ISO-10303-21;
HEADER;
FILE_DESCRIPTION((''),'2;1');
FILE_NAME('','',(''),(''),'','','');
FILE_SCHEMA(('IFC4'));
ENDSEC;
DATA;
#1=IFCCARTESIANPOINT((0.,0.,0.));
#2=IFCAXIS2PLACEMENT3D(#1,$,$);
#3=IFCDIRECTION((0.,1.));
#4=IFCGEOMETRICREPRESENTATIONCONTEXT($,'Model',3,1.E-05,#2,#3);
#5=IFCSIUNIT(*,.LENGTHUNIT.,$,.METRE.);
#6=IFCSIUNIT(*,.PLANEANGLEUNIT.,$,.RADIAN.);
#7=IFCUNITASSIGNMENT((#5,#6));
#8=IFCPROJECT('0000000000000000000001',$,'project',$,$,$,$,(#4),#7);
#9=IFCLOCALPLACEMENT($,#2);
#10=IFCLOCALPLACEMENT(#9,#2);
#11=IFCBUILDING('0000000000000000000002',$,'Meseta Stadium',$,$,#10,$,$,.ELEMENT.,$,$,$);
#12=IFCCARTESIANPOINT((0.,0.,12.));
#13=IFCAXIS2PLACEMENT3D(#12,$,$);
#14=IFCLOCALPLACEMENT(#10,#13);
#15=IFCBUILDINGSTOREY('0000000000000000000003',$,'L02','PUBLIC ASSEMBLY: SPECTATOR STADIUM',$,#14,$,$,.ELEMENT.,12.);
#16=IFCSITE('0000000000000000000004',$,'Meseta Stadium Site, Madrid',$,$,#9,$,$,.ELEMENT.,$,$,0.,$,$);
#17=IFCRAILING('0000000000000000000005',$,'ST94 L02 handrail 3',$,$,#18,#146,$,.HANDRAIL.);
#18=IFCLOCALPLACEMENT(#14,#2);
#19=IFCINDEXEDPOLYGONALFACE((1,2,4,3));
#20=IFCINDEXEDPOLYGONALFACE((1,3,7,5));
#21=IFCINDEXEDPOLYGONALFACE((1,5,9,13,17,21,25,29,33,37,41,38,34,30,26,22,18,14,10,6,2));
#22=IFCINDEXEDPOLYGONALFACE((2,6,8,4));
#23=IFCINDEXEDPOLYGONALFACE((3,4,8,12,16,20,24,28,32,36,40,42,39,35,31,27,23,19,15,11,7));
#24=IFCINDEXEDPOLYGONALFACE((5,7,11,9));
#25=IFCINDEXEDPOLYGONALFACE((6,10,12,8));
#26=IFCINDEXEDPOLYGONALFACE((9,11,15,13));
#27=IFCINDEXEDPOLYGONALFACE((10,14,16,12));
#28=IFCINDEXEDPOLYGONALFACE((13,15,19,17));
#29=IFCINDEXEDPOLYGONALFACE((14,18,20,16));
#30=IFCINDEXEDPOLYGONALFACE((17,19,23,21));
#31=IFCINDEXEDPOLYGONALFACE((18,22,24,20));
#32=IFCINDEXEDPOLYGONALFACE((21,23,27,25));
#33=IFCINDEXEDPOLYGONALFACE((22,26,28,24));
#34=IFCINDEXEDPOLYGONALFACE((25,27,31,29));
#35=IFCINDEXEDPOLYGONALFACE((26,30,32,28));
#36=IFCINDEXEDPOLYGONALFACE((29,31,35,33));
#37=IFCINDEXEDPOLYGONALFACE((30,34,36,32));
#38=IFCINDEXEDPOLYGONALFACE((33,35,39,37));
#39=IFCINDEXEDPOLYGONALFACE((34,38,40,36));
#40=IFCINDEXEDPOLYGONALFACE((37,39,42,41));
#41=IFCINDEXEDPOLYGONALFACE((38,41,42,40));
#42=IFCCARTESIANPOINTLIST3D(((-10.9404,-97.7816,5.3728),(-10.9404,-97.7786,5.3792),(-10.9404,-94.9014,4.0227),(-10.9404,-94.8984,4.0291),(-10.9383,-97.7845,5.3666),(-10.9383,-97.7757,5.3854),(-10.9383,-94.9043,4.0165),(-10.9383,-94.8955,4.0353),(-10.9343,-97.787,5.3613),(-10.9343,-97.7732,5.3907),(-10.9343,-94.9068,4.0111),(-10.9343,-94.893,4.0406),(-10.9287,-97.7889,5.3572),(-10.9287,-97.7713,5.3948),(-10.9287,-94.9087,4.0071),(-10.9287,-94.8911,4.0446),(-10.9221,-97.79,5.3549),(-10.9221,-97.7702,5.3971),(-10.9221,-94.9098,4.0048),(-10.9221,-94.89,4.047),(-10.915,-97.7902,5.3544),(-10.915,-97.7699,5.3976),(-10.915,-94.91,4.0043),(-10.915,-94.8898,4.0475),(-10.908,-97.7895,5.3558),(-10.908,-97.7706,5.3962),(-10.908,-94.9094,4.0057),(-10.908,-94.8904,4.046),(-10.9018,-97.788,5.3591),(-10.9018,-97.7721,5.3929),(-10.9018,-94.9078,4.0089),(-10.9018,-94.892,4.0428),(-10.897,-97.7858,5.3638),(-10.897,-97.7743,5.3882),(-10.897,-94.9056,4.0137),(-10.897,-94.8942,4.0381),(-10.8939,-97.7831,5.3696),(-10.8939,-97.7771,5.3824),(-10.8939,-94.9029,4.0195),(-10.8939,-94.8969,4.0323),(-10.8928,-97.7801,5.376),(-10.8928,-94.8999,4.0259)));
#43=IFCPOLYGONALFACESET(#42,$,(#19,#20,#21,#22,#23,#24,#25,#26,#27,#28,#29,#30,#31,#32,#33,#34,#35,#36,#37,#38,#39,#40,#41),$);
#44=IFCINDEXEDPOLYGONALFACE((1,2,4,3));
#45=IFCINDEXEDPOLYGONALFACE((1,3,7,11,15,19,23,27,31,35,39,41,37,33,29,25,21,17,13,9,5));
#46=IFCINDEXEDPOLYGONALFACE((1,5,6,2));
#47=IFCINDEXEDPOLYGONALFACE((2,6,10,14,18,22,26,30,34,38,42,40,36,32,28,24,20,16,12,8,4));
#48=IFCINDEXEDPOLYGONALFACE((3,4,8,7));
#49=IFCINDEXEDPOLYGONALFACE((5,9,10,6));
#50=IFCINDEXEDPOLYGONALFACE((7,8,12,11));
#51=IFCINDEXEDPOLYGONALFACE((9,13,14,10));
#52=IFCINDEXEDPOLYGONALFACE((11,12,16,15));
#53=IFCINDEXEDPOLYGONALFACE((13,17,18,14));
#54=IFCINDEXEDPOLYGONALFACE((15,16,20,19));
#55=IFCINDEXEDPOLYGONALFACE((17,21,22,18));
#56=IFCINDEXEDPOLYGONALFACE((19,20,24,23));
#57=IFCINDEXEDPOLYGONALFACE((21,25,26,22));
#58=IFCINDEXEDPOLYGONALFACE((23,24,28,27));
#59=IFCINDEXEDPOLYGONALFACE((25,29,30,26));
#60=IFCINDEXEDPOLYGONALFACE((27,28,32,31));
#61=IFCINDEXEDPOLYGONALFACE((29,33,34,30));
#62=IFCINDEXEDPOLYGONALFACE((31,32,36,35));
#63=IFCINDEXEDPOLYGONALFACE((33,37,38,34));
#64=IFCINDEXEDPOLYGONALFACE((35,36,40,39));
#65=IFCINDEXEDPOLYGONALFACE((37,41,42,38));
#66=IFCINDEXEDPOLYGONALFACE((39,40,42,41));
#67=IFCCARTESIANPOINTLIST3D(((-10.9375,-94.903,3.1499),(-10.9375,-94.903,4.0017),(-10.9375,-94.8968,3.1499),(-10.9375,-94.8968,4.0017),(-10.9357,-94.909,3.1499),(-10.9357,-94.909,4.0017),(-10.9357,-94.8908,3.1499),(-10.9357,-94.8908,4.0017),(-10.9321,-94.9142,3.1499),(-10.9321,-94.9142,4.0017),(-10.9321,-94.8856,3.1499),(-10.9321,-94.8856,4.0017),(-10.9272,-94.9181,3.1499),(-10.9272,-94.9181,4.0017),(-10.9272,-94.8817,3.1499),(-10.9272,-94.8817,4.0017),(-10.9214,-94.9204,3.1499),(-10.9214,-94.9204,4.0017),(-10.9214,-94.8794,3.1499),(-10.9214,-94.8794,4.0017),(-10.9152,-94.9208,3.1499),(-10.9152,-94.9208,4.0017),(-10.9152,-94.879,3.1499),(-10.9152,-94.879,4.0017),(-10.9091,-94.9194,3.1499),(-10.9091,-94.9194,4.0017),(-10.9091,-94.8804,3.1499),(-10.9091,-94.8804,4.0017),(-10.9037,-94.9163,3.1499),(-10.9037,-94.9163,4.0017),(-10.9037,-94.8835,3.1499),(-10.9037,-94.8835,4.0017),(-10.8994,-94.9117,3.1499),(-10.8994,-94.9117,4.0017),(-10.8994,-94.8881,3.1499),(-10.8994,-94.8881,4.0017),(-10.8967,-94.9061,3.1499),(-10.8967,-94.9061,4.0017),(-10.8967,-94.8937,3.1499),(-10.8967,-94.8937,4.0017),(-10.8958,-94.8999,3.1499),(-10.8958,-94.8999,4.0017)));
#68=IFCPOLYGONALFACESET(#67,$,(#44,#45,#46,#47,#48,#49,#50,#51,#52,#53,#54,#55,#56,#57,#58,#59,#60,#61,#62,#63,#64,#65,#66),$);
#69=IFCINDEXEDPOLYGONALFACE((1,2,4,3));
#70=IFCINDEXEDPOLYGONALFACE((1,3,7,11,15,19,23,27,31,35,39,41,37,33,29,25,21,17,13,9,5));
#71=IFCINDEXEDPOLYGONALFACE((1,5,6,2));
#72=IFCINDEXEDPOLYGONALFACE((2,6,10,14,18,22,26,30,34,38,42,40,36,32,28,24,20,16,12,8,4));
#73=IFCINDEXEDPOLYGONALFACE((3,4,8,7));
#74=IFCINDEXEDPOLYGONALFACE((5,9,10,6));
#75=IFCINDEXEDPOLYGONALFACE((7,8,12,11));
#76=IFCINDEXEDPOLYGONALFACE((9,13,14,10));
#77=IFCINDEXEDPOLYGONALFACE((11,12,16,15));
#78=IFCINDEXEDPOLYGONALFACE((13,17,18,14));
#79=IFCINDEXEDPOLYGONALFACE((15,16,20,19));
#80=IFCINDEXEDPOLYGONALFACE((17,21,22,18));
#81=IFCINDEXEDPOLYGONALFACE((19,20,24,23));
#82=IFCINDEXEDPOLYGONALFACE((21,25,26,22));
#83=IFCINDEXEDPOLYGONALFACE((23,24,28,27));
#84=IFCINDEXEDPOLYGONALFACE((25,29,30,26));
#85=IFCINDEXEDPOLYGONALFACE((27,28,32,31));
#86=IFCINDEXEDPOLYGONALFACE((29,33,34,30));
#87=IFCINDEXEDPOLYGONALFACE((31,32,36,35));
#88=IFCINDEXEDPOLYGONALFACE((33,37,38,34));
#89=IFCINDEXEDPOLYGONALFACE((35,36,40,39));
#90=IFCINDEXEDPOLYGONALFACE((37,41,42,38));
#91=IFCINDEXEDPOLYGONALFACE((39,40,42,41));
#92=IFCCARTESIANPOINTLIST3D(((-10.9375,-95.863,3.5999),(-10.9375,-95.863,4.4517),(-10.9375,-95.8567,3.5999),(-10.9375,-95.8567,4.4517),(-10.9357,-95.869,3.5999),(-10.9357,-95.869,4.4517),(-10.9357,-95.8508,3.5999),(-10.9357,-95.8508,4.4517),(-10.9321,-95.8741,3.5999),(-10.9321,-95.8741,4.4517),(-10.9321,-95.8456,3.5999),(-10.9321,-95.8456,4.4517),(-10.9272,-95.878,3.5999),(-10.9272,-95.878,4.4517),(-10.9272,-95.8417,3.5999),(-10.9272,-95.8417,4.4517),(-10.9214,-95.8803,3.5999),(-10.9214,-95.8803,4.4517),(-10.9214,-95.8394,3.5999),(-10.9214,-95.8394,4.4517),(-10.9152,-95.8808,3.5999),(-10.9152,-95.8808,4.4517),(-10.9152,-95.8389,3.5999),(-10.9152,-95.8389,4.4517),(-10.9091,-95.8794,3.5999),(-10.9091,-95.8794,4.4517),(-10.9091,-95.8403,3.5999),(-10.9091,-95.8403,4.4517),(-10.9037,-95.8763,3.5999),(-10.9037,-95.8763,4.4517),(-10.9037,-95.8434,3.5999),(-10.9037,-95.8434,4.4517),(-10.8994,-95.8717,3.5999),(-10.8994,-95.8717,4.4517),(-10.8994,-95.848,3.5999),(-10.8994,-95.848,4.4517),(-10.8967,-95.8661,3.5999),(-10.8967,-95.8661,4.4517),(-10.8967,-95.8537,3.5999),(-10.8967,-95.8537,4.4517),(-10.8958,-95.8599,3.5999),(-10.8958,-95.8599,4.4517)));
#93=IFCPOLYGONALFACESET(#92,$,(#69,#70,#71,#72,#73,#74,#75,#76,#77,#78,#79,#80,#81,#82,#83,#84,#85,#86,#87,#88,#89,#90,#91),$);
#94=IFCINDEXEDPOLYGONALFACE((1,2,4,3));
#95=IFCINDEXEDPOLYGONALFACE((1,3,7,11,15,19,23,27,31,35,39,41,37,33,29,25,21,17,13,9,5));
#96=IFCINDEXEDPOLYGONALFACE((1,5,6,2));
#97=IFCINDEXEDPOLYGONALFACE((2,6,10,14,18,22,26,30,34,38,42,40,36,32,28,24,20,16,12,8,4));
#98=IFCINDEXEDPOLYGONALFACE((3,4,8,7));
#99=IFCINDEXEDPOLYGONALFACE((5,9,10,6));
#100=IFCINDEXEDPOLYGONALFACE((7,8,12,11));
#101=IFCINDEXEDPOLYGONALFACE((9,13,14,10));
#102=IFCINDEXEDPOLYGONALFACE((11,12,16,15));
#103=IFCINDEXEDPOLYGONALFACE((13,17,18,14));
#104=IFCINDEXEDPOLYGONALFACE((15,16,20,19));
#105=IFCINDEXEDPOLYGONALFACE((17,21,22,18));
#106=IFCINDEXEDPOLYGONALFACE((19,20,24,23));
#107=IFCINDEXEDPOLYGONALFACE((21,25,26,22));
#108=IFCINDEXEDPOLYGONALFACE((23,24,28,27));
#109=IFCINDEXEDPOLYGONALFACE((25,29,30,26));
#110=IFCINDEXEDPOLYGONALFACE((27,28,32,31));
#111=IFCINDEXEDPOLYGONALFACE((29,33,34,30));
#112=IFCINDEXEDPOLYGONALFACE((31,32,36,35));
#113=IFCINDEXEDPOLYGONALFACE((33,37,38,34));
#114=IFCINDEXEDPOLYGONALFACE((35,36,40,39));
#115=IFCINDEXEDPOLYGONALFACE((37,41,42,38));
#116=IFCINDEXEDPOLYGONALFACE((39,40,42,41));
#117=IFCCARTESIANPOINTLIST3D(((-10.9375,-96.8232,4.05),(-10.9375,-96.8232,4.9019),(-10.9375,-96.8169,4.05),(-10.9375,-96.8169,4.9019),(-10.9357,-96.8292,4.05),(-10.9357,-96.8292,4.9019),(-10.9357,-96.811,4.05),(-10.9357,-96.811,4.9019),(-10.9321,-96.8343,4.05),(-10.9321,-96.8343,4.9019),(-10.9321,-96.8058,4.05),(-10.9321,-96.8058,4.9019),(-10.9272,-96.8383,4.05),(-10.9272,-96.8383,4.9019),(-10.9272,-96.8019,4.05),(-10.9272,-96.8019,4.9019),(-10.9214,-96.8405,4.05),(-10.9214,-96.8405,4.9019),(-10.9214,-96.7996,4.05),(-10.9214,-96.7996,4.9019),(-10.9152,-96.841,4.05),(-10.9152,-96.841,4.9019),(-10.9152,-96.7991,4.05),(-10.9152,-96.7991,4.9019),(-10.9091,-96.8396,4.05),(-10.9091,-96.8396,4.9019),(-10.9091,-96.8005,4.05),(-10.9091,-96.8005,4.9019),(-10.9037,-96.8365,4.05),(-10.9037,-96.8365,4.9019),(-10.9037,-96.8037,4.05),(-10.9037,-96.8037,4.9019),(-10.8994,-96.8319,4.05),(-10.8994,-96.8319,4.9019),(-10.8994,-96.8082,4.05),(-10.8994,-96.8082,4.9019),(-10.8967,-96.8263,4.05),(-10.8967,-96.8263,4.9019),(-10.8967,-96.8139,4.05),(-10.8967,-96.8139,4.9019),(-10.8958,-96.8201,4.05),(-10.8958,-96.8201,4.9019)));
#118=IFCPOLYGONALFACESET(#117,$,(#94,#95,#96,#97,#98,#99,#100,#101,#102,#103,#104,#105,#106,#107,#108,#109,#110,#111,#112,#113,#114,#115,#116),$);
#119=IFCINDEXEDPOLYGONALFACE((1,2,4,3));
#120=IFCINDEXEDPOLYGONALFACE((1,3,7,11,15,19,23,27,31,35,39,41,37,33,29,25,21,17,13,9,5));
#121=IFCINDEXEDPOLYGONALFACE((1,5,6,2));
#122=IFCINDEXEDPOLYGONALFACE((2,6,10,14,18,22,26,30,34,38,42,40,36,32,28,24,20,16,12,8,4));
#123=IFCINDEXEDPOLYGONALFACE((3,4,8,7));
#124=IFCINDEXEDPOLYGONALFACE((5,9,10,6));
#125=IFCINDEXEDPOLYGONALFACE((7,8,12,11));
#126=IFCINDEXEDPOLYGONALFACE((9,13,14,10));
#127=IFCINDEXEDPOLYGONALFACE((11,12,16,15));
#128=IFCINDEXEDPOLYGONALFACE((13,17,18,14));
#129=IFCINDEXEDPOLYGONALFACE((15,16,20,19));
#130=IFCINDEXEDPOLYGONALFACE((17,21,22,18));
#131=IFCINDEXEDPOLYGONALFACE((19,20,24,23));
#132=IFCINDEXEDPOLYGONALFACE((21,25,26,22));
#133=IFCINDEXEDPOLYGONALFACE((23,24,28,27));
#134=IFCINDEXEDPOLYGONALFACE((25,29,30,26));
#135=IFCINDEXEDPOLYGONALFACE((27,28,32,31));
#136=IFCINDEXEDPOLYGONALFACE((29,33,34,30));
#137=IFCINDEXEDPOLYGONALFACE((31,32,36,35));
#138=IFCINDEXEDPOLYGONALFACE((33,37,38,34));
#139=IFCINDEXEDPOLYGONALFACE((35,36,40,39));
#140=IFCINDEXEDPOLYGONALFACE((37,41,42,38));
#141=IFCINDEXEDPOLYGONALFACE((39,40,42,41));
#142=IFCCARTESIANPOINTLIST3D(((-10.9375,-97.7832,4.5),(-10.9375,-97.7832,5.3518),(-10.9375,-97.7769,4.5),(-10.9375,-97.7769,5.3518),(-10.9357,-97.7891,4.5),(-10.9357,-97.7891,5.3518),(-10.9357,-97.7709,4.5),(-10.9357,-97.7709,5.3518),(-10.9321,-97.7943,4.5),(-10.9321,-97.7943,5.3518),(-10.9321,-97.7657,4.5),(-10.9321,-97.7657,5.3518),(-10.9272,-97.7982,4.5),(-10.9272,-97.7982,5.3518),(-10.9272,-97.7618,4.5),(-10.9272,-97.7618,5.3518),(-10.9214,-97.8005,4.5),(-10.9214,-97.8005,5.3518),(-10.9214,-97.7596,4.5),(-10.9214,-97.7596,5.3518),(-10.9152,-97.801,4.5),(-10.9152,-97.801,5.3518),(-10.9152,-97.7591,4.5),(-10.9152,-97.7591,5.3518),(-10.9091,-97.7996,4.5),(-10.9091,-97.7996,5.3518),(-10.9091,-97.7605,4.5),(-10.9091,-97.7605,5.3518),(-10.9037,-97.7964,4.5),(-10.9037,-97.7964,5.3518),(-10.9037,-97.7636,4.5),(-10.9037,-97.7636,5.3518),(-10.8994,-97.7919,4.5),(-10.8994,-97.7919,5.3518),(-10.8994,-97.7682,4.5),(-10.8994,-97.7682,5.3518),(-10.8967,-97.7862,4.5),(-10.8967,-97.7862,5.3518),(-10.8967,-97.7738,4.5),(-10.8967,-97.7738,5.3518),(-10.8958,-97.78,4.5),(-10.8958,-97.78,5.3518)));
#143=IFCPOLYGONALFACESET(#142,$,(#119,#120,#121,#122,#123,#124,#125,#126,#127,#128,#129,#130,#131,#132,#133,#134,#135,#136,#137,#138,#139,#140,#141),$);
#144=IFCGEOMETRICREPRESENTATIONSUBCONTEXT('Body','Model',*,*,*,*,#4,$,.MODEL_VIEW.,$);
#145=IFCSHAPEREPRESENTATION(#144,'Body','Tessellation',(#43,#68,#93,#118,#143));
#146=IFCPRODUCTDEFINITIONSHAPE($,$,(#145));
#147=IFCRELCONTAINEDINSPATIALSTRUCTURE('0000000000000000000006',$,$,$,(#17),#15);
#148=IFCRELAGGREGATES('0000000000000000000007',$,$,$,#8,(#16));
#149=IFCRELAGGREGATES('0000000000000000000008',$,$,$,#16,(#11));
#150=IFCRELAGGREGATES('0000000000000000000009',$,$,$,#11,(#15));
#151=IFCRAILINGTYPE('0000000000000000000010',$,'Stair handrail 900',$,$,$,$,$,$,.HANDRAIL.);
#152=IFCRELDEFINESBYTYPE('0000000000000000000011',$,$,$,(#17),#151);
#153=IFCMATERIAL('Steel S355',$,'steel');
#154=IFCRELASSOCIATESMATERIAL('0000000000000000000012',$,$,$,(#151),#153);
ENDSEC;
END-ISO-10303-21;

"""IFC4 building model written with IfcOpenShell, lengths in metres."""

from ifc_helpers import new_model, si_unit, direction, frame, origin, origin_2d, place, context, subcontext, project, spatial, circle, extrude, material, type_object, element, save


model = new_model("IFC4")

# Units and contexts
model_context = context("Model", 3, precision=1e-05, world=origin(), true_north=direction((0.0, 1.0)))
body_context = subcontext(model_context, "Body", "Model", "MODEL_VIEW")
ifc_project = project(units=[si_unit("LENGTHUNIT", "METRE"), si_unit("PLANEANGLEUNIT", "RADIAN")], contexts=[model_context])

# Site, building, storey
site_placement = place(None, origin())
site = spatial("IfcSite", under=ifc_project, at=site_placement, Name="Meseta Stadium Site, Madrid", CompositionType="ELEMENT", RefElevation=0.0)
building_placement = place(site_placement, origin())
building = spatial("IfcBuilding", under=site, at=building_placement, Name="Meseta Stadium", CompositionType="ELEMENT")
storey_placement = place(building_placement, frame((0.0, 0.0, 12.0)))
storey = spatial("IfcBuildingStorey", under=building, at=storey_placement, Name="L02", Description="PUBLIC ASSEMBLY: SPECTATOR STADIUM", CompositionType="ELEMENT", Elevation=12.0)

# Railing
ifc_material_1 = material(Name="Steel S355", Category="steel")
railing_type_1 = type_object("IfcRailingType", Name="Stair handrail 900", PredefinedType="HANDRAIL", material=ifc_material_1)
railing_1_placement = place(storey_placement, frame((-10.9167, -94.8999, 3.1499)))
element("IfcRailing", 1, at=railing_1_placement, inside=storey, type_object=railing_type_1, Name="ST94 L02 handrail 3", PredefinedType="HANDRAIL", context=body_context, shape_type="SweptSolid", body=[
    extrude(circle(Radius=0.0239, at=origin_2d()), frame((0.0, 0.0, 0.876), z_axis=(0.0, -0.905454, 0.424444), x_axis=(1.0, 0.0, 0.0)), (0.0, 0.0, 1.0), 3.1809),
    extrude(circle(Radius=0.021, at=origin_2d()), origin(), (0.0, 0.0, 1.0), 0.8518),
    extrude(circle(Radius=0.021, at=origin_2d()), frame((0.0, -0.96, 0.45)), (0.0, 0.0, 1.0), 0.8518),
    extrude(circle(Radius=0.021, at=origin_2d()), frame((0.0, -1.9202, 0.9001)), (0.0, 0.0, 1.0), 0.8518),
    extrude(circle(Radius=0.021, at=origin_2d()), frame((0.0, -2.8801, 1.3501)), (0.0, 0.0, 1.0), 0.8518),
])

save(model, "model.ifc")
